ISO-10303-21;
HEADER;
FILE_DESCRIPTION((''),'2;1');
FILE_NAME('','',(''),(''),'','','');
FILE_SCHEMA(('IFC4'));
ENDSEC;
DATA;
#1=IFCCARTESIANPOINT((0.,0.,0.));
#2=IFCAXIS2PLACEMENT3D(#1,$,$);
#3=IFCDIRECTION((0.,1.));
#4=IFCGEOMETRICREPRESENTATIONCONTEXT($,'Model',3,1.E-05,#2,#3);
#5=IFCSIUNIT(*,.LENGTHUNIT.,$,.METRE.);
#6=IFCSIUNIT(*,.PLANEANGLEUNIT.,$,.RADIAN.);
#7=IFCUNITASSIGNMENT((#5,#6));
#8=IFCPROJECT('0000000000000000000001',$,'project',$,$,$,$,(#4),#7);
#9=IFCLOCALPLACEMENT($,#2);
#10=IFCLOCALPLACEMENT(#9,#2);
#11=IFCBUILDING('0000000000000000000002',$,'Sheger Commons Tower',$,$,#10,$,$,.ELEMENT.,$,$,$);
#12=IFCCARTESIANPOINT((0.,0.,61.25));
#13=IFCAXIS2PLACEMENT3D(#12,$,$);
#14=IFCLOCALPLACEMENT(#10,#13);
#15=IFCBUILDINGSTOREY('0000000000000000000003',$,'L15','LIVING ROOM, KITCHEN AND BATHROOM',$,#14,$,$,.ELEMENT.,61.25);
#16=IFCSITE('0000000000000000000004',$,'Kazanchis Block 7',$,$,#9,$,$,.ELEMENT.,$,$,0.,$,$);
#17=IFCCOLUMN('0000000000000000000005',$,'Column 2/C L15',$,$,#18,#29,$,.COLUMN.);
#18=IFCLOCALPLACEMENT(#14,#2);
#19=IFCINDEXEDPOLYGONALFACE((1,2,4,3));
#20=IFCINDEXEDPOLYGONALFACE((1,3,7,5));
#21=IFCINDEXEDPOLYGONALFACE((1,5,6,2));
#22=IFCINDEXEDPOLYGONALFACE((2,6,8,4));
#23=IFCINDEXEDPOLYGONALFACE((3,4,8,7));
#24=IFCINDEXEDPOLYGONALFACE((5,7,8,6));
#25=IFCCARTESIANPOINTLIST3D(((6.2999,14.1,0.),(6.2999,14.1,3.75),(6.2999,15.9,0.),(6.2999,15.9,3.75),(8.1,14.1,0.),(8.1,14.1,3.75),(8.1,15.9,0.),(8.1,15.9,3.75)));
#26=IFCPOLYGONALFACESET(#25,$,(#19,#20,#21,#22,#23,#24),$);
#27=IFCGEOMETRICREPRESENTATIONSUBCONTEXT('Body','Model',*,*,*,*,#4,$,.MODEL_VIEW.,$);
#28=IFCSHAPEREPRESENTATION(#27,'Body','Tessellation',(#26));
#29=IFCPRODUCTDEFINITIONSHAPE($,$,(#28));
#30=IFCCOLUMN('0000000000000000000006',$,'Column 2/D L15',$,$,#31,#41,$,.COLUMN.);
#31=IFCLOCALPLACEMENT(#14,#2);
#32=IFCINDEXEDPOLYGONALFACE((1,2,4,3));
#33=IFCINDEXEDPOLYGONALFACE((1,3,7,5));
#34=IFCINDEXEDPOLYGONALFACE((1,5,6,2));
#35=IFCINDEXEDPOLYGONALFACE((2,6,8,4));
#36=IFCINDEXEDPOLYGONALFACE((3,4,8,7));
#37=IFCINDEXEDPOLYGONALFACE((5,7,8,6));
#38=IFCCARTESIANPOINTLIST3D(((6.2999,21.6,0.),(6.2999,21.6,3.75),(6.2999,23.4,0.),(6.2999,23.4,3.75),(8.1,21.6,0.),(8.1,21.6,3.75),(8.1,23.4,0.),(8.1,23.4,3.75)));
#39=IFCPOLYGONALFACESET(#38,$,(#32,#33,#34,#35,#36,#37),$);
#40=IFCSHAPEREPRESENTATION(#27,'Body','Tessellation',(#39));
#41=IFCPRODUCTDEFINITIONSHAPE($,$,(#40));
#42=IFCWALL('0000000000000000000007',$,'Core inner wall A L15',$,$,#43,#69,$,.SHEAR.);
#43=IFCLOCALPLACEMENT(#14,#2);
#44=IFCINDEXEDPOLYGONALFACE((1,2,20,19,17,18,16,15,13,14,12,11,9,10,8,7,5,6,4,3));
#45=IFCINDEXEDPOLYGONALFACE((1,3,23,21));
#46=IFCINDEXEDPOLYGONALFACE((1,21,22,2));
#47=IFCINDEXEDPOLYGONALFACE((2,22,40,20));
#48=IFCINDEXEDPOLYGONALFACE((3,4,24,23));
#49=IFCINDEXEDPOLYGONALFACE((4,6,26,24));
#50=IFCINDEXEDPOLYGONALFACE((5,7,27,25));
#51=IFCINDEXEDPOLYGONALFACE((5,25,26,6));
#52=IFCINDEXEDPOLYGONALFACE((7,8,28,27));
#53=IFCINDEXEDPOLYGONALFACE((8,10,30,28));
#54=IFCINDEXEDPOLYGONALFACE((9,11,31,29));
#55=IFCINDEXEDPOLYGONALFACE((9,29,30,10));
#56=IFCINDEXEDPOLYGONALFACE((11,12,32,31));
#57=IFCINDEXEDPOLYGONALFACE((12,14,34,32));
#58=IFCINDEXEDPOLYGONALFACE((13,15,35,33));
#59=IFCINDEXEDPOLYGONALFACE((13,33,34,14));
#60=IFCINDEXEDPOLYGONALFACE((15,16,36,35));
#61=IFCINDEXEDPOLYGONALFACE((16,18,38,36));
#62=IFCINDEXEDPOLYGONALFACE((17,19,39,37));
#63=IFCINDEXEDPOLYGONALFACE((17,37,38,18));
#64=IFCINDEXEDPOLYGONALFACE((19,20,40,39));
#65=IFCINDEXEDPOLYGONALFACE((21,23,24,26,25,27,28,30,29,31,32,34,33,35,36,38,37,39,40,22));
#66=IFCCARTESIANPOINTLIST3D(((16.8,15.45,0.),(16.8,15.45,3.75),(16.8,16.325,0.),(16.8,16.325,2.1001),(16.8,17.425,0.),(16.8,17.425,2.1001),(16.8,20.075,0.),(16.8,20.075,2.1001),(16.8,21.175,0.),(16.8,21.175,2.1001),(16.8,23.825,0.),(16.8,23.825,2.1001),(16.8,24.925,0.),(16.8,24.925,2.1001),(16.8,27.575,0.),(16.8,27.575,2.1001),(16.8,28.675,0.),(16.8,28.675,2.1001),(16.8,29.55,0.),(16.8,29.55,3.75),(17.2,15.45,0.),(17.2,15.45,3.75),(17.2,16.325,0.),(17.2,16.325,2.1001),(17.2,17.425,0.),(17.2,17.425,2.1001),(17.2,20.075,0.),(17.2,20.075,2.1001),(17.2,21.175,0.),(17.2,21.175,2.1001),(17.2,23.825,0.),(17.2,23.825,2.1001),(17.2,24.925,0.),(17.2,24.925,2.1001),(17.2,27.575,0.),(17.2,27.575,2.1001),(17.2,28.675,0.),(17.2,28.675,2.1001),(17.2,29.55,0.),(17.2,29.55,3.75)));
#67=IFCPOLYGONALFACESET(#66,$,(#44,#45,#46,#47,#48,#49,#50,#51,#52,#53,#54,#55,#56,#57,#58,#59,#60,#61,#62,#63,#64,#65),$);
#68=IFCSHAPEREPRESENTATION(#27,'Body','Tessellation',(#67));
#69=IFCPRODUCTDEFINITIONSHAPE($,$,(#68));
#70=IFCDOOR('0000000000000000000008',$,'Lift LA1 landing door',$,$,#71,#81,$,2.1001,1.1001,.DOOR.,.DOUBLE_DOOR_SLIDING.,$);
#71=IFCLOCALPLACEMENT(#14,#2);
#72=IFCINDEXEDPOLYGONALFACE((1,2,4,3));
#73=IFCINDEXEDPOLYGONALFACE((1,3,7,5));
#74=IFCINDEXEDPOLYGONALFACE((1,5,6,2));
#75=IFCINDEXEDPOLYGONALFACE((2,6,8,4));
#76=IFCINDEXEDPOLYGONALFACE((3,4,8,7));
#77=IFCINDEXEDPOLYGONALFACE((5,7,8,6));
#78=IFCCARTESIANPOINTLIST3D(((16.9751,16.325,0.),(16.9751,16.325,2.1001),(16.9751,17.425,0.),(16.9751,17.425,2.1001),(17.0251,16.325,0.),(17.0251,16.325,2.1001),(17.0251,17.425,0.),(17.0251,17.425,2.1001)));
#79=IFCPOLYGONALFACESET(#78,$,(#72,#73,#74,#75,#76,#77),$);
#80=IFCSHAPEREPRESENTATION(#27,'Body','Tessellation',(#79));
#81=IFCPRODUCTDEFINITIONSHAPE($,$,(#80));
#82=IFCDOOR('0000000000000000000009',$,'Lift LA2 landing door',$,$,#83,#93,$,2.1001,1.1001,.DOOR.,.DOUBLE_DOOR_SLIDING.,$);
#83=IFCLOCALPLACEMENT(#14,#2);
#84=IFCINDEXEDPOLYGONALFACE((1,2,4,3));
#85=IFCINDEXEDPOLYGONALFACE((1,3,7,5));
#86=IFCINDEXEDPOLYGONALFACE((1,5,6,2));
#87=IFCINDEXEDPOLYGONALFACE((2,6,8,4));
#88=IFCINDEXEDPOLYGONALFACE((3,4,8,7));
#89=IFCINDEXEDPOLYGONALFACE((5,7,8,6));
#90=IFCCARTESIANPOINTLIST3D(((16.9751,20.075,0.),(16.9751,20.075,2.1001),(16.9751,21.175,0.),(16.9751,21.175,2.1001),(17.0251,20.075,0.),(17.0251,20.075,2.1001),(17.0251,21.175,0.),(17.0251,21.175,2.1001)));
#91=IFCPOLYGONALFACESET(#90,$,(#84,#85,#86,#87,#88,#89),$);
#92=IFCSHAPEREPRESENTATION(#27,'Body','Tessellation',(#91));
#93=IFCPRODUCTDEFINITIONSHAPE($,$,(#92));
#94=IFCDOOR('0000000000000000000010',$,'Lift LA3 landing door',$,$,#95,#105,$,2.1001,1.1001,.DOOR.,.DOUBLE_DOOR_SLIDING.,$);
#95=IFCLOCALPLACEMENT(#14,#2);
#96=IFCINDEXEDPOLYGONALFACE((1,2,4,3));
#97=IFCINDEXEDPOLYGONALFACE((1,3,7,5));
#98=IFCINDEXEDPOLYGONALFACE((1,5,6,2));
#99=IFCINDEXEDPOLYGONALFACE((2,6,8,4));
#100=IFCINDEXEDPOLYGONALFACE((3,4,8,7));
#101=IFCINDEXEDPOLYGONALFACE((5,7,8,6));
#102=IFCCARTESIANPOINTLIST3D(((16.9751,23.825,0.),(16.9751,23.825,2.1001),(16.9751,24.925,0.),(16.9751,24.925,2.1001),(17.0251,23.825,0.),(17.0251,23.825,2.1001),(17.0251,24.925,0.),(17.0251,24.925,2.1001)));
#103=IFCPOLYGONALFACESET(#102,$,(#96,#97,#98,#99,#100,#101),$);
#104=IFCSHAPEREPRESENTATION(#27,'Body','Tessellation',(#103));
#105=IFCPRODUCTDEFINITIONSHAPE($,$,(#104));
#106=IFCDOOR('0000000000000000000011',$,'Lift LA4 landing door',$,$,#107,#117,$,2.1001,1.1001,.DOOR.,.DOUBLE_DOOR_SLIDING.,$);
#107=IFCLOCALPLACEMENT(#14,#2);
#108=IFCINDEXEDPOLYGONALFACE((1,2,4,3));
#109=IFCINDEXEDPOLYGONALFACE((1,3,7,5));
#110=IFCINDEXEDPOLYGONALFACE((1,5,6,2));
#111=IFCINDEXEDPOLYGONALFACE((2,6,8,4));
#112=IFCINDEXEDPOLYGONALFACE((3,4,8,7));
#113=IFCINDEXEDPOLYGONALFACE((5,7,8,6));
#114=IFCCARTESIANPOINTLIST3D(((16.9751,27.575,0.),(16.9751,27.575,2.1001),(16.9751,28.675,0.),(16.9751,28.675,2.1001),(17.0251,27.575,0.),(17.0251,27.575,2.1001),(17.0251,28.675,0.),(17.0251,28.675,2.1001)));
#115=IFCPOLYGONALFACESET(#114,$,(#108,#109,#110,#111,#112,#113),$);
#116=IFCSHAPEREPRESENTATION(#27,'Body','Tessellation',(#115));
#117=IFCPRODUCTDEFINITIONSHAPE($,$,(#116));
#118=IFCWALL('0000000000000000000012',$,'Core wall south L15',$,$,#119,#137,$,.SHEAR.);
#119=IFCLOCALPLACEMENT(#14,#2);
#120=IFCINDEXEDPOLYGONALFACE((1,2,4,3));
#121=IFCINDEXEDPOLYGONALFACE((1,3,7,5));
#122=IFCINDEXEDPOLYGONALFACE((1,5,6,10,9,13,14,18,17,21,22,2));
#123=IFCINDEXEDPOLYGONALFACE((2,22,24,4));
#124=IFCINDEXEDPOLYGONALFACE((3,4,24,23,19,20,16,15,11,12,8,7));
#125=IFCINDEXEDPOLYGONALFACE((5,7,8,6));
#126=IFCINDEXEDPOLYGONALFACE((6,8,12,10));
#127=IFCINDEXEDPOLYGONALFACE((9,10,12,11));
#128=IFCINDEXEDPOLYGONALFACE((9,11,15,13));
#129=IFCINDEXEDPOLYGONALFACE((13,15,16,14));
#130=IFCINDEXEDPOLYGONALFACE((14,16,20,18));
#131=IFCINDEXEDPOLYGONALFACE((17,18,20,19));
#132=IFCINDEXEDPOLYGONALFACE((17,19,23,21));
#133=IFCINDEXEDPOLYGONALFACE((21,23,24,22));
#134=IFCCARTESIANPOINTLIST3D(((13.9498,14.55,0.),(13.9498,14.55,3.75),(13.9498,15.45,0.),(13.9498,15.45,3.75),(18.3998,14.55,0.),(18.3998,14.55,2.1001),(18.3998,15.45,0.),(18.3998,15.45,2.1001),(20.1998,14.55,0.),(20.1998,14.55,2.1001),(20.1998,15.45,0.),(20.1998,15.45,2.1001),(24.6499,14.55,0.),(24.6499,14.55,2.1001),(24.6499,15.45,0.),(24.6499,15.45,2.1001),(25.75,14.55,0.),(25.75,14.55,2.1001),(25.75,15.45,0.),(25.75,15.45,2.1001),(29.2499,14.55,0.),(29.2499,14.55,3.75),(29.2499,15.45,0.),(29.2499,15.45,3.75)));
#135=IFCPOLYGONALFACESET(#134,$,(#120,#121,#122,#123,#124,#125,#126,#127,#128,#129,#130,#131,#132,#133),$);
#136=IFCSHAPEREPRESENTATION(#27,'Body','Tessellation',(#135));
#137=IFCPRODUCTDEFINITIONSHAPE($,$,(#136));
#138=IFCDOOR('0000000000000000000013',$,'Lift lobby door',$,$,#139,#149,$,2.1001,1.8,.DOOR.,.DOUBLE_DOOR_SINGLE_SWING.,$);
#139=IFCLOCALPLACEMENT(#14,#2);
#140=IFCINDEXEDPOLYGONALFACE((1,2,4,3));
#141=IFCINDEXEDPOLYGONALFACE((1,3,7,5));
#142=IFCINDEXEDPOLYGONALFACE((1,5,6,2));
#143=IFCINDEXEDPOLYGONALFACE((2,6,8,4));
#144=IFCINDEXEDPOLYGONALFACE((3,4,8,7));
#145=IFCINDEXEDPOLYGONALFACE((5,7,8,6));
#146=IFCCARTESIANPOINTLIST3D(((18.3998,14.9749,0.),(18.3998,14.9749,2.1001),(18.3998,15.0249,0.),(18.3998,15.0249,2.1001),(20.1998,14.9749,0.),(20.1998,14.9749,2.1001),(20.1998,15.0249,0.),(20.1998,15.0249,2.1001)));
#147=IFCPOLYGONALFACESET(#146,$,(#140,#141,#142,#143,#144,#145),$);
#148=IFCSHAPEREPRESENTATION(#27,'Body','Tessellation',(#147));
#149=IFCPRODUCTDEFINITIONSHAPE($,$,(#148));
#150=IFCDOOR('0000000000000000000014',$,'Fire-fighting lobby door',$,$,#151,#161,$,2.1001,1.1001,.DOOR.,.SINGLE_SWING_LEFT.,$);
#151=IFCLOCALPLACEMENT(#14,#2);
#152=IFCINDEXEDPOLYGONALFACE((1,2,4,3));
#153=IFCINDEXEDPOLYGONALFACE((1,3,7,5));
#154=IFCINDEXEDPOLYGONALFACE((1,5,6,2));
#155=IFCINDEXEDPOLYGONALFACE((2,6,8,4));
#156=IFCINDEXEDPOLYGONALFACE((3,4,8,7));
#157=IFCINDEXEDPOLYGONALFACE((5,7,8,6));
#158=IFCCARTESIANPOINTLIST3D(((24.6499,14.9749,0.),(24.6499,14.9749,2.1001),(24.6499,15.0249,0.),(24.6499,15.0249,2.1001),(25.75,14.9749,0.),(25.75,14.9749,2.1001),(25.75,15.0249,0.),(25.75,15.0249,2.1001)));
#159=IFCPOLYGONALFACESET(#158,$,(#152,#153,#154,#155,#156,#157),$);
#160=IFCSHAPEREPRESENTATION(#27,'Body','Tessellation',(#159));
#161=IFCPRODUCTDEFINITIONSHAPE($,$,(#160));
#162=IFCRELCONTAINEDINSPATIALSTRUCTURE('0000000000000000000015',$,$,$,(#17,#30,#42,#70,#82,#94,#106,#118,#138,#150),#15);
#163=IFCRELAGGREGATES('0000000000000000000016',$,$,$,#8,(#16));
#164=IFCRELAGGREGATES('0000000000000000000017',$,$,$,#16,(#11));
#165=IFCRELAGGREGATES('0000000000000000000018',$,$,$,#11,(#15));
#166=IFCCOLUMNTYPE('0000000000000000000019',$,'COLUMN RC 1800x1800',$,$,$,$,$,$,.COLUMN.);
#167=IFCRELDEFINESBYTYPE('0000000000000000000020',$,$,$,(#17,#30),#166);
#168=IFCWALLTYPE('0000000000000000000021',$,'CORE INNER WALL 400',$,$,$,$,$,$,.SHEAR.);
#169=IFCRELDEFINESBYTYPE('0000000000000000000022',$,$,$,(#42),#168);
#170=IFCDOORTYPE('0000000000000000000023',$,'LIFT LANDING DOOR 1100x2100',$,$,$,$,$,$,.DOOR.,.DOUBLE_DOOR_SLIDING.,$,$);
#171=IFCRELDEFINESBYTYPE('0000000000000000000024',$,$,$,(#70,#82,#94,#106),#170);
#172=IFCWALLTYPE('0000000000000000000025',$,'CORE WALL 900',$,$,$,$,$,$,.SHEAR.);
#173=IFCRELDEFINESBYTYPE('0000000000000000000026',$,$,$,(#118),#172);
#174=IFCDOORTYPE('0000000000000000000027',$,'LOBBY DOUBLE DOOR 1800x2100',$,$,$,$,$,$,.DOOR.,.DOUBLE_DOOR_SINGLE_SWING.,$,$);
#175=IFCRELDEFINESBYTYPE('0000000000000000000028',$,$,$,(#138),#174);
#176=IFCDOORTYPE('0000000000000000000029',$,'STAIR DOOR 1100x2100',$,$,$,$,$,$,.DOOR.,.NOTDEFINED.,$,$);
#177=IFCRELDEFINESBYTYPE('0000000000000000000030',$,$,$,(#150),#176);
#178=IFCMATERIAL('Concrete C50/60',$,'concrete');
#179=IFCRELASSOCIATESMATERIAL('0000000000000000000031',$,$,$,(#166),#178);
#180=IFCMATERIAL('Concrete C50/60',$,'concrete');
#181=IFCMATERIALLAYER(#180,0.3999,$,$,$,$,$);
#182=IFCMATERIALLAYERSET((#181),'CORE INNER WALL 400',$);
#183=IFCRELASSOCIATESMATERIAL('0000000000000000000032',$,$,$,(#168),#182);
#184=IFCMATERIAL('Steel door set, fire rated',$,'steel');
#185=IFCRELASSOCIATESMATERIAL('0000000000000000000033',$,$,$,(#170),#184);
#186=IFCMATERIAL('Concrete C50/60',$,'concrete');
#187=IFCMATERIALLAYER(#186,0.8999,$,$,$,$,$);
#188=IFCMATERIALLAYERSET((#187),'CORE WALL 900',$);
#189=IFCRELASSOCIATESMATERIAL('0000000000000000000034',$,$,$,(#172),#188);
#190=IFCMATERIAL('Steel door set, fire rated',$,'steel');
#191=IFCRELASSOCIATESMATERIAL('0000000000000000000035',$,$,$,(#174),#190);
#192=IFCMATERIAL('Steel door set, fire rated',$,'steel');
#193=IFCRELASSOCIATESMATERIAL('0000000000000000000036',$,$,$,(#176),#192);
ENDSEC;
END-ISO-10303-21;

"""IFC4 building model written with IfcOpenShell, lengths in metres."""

from ifc_helpers import new_model, si_unit, direction, frame, frame_2d, origin, origin_2d, place, context, subcontext, project, spatial, rectangle, extrude, material, layer, layer_set, material_profile, profile_set, type_object, element, fill, save


model = new_model("IFC4")

# Units and contexts
model_context = context("Model", 3, precision=1e-05, world=origin(), true_north=direction((0.0, 1.0)))
body_context = subcontext(model_context, "Body", "Model", "MODEL_VIEW")
ifc_project = project(units=[si_unit("LENGTHUNIT", "METRE"), si_unit("PLANEANGLEUNIT", "RADIAN")], contexts=[model_context])

# Site, building, storey
site_placement = place(None, origin())
site = spatial("IfcSite", under=ifc_project, at=site_placement, Name="Kazanchis Block 7", CompositionType="ELEMENT", RefElevation=0.0)
building_placement = place(site_placement, origin())
building = spatial("IfcBuilding", under=site, at=building_placement, Name="Sheger Commons Tower", CompositionType="ELEMENT")
storey_placement = place(building_placement, frame((0.0, 0.0, 61.25)))
storey = spatial("IfcBuildingStorey", under=building, at=storey_placement, Name="L15", Description="LIVING ROOM, KITCHEN AND BATHROOM", CompositionType="ELEMENT", Elevation=61.25)

# Columns
ifc_material_1 = material(Name="Concrete C50/60", Category="concrete")
ifc_material_profile = material_profile(ifc_material_1, rectangle(XDim=1.8, YDim=1.8, at=origin_2d()), Name="RC 1800x1800")
ifc_profile_set = profile_set([ifc_material_profile], Name="Concrete C50/60")
column_type = type_object("IfcColumnType", Name="COLUMN RC 1800x1800", PredefinedType="COLUMN", material=ifc_profile_set)
for number, where, z_axis, x_axis, name in (
    (1, (7.2, 15.0, 0.0), (0.0, 0.0, 1.0), (1.0, 0.0, 0.0), "Column 2/C L15"),
    (2, (7.2, 22.5, 0.0), (0.0, 0.0, 1.0), (1.0, 0.0, 0.0), "Column 2/D L15"),
):
    element("IfcColumn", number, at=place(storey_placement, frame(where, z_axis=z_axis, x_axis=x_axis)), inside=storey, type_object=column_type, Name=name, PredefinedType="COLUMN", context=body_context, shape_type="SweptSolid", body=[
        extrude(rectangle(XDim=1.8, YDim=1.8, at=origin_2d()), origin(), (0.0, 0.0, 1.0), 3.75),
    ])

# Walls, openings, doors
ifc_material_2 = material(Name="Concrete C50/60", Category="concrete")
ifc_layer_1 = layer(ifc_material_2, 0.3999)
ifc_layer_set_1 = layer_set([ifc_layer_1], Name="CORE INNER WALL 400")
wall_type_1 = type_object("IfcWallType", Name="CORE INNER WALL 400", PredefinedType="SHEAR", material=ifc_layer_set_1)
wall_1_placement = place(storey_placement, frame((17.0, 15.45, 0.0), z_axis=(0.0, 0.0, 1.0), x_axis=(0.0, 1.0, 0.0)))
wall_1 = element("IfcWall", 3, at=wall_1_placement, inside=storey, type_object=wall_type_1, Name="Core inner wall A L15", PredefinedType="SHEAR", context=body_context, shape_type="SweptSolid", body=[
    extrude(rectangle(XDim=14.1001, YDim=0.3999, at=frame_2d((7.05, 0.0))), origin(), (0.0, 0.0, 1.0), 3.75),
])
opening_1_placement = place(wall_1_placement, frame((0.875, 0.0, 0.0)))
opening_1 = element("IfcOpeningElement", 4, at=opening_1_placement, cuts=wall_1, PredefinedType="OPENING", context=body_context, shape_type="SweptSolid", body=[
    extrude(rectangle(XDim=1.1001, YDim=2.1001, at=frame_2d((0.55, 1.05))), frame((0.0, 0.21, 0.0), z_axis=(0.0, -1.0, 0.0), x_axis=(1.0, 0.0, 0.0)), (0.0, 0.0, 1.0), 0.4199),
])
opening_2_placement = place(wall_1_placement, frame((4.625, 0.0, 0.0)))
opening_2 = element("IfcOpeningElement", 5, at=opening_2_placement, cuts=wall_1, PredefinedType="OPENING", context=body_context, shape_type="SweptSolid", body=[
    extrude(rectangle(XDim=1.1001, YDim=2.1001, at=frame_2d((0.55, 1.05))), frame((0.0, 0.21, 0.0), z_axis=(0.0, -1.0, 0.0), x_axis=(1.0, 0.0, 0.0)), (0.0, 0.0, 1.0), 0.4199),
])
opening_3_placement = place(wall_1_placement, frame((8.375, 0.0, 0.0)))
opening_3 = element("IfcOpeningElement", 6, at=opening_3_placement, cuts=wall_1, PredefinedType="OPENING", context=body_context, shape_type="SweptSolid", body=[
    extrude(rectangle(XDim=1.1001, YDim=2.1001, at=frame_2d((0.55, 1.05))), frame((0.0, 0.21, 0.0), z_axis=(0.0, -1.0, 0.0), x_axis=(1.0, 0.0, 0.0)), (0.0, 0.0, 1.0), 0.4199),
])
opening_4_placement = place(wall_1_placement, frame((12.125, 0.0, 0.0)))
opening_4 = element("IfcOpeningElement", 7, at=opening_4_placement, cuts=wall_1, PredefinedType="OPENING", context=body_context, shape_type="SweptSolid", body=[
    extrude(rectangle(XDim=1.1001, YDim=2.1001, at=frame_2d((0.55, 1.05))), frame((0.0, 0.21, 0.0), z_axis=(0.0, -1.0, 0.0), x_axis=(1.0, 0.0, 0.0)), (0.0, 0.0, 1.0), 0.4199),
])
ifc_material_3 = material(Name="Steel door set, fire rated", Category="steel")
door_type_1 = type_object("IfcDoorType", Name="LIFT LANDING DOOR 1100x2100", OperationType="DOUBLE_DOOR_SLIDING", PredefinedType="DOOR", material=ifc_material_3)
door_1_placement = place(opening_1_placement, origin())
door_1 = element("IfcDoor", 8, at=door_1_placement, inside=storey, type_object=door_type_1, Name="Lift LA1 landing door", OperationType="DOUBLE_DOOR_SLIDING", OverallHeight=2.1001, OverallWidth=1.1001, PredefinedType="DOOR", context=body_context, shape_type="SweptSolid", body=[
    extrude(rectangle(XDim=1.1001, YDim=2.1001, at=frame_2d((0.55, 1.05))), frame((0.0, 0.0249, 0.0), z_axis=(0.0, -1.0, 0.0), x_axis=(1.0, 0.0, 0.0)), (0.0, 0.0, 1.0), 0.05),
])
fill(opening_1, door_1)
door_2_placement = place(opening_2_placement, origin())
door_2 = element("IfcDoor", 9, at=door_2_placement, inside=storey, type_object=door_type_1, Name="Lift LA2 landing door", OperationType="DOUBLE_DOOR_SLIDING", OverallHeight=2.1001, OverallWidth=1.1001, PredefinedType="DOOR", context=body_context, shape_type="SweptSolid", body=[
    extrude(rectangle(XDim=1.1001, YDim=2.1001, at=frame_2d((0.55, 1.05))), frame((0.0, 0.0249, 0.0), z_axis=(0.0, -1.0, 0.0), x_axis=(1.0, 0.0, 0.0)), (0.0, 0.0, 1.0), 0.05),
])
fill(opening_2, door_2)
door_3_placement = place(opening_3_placement, origin())
door_3 = element("IfcDoor", 10, at=door_3_placement, inside=storey, type_object=door_type_1, Name="Lift LA3 landing door", OperationType="DOUBLE_DOOR_SLIDING", OverallHeight=2.1001, OverallWidth=1.1001, PredefinedType="DOOR", context=body_context, shape_type="SweptSolid", body=[
    extrude(rectangle(XDim=1.1001, YDim=2.1001, at=frame_2d((0.55, 1.05))), frame((0.0, 0.0249, 0.0), z_axis=(0.0, -1.0, 0.0), x_axis=(1.0, 0.0, 0.0)), (0.0, 0.0, 1.0), 0.05),
])
fill(opening_3, door_3)
door_4_placement = place(opening_4_placement, origin())
door_4 = element("IfcDoor", 11, at=door_4_placement, inside=storey, type_object=door_type_1, Name="Lift LA4 landing door", OperationType="DOUBLE_DOOR_SLIDING", OverallHeight=2.1001, OverallWidth=1.1001, PredefinedType="DOOR", context=body_context, shape_type="SweptSolid", body=[
    extrude(rectangle(XDim=1.1001, YDim=2.1001, at=frame_2d((0.55, 1.05))), frame((0.0, 0.0249, 0.0), z_axis=(0.0, -1.0, 0.0), x_axis=(1.0, 0.0, 0.0)), (0.0, 0.0, 1.0), 0.05),
])
fill(opening_4, door_4)
ifc_material_4 = material(Name="Concrete C50/60", Category="concrete")
ifc_layer_2 = layer(ifc_material_4, 0.8999)
ifc_layer_set_2 = layer_set([ifc_layer_2], Name="CORE WALL 900")
wall_type_2 = type_object("IfcWallType", Name="CORE WALL 900", PredefinedType="SHEAR", material=ifc_layer_set_2)
wall_2_placement = place(storey_placement, frame((13.95, 15.0, 0.0), z_axis=(0.0, 0.0, 1.0), x_axis=(1.0, 0.0, 0.0)))
wall_2 = element("IfcWall", 12, at=wall_2_placement, inside=storey, type_object=wall_type_2, Name="Core wall south L15", PredefinedType="SHEAR", context=body_context, shape_type="SweptSolid", body=[
    extrude(rectangle(XDim=15.3, YDim=0.8999, at=frame_2d((7.6499, 0.0))), origin(), (0.0, 0.0, 1.0), 3.75),
])
opening_5_placement = place(wall_2_placement, frame((4.45, 0.0, 0.0)))
opening_5 = element("IfcOpeningElement", 13, at=opening_5_placement, cuts=wall_2, PredefinedType="OPENING", context=body_context, shape_type="SweptSolid", body=[
    extrude(rectangle(XDim=1.8, YDim=2.1001, at=frame_2d((0.8999, 1.05))), frame((0.0, 0.46, 0.0), z_axis=(0.0, -1.0, 0.0), x_axis=(1.0, 0.0, 0.0)), (0.0, 0.0, 1.0), 0.9199),
])
opening_6_placement = place(wall_2_placement, frame((10.7, 0.0, 0.0)))
opening_6 = element("IfcOpeningElement", 14, at=opening_6_placement, cuts=wall_2, PredefinedType="OPENING", context=body_context, shape_type="SweptSolid", body=[
    extrude(rectangle(XDim=1.1001, YDim=2.1001, at=frame_2d((0.55, 1.05))), frame((0.0, 0.46, 0.0), z_axis=(0.0, -1.0, 0.0), x_axis=(1.0, 0.0, 0.0)), (0.0, 0.0, 1.0), 0.9199),
])
ifc_material_5 = material(Name="Steel door set, fire rated", Category="steel")
door_type_2 = type_object("IfcDoorType", Name="LOBBY DOUBLE DOOR 1800x2100", OperationType="DOUBLE_DOOR_SINGLE_SWING", PredefinedType="DOOR", material=ifc_material_5)
door_5_placement = place(opening_5_placement, origin())
door_5 = element("IfcDoor", 15, at=door_5_placement, inside=storey, type_object=door_type_2, Name="Lift lobby door", OperationType="DOUBLE_DOOR_SINGLE_SWING", OverallHeight=2.1001, OverallWidth=1.8, PredefinedType="DOOR", context=body_context, shape_type="SweptSolid", body=[
    extrude(rectangle(XDim=1.8, YDim=2.1001, at=frame_2d((0.8999, 1.05))), frame((0.0, 0.0249, 0.0), z_axis=(0.0, -1.0, 0.0), x_axis=(1.0, 0.0, 0.0)), (0.0, 0.0, 1.0), 0.05),
])
fill(opening_5, door_5)
ifc_material_6 = material(Name="Steel door set, fire rated", Category="steel")
door_type_3 = type_object("IfcDoorType", Name="STAIR DOOR 1100x2100", OperationType="NOTDEFINED", PredefinedType="DOOR", material=ifc_material_6)
door_6_placement = place(opening_6_placement, origin())
door_6 = element("IfcDoor", 16, at=door_6_placement, inside=storey, type_object=door_type_3, Name="Fire-fighting lobby door", OperationType="SINGLE_SWING_LEFT", OverallHeight=2.1001, OverallWidth=1.1001, PredefinedType="DOOR", context=body_context, shape_type="SweptSolid", body=[
    extrude(rectangle(XDim=1.1001, YDim=2.1001, at=frame_2d((0.55, 1.05))), frame((0.0, 0.0249, 0.0), z_axis=(0.0, -1.0, 0.0), x_axis=(1.0, 0.0, 0.0)), (0.0, 0.0, 1.0), 0.05),
])
fill(opening_6, door_6)

save(model, "model.ifc")
